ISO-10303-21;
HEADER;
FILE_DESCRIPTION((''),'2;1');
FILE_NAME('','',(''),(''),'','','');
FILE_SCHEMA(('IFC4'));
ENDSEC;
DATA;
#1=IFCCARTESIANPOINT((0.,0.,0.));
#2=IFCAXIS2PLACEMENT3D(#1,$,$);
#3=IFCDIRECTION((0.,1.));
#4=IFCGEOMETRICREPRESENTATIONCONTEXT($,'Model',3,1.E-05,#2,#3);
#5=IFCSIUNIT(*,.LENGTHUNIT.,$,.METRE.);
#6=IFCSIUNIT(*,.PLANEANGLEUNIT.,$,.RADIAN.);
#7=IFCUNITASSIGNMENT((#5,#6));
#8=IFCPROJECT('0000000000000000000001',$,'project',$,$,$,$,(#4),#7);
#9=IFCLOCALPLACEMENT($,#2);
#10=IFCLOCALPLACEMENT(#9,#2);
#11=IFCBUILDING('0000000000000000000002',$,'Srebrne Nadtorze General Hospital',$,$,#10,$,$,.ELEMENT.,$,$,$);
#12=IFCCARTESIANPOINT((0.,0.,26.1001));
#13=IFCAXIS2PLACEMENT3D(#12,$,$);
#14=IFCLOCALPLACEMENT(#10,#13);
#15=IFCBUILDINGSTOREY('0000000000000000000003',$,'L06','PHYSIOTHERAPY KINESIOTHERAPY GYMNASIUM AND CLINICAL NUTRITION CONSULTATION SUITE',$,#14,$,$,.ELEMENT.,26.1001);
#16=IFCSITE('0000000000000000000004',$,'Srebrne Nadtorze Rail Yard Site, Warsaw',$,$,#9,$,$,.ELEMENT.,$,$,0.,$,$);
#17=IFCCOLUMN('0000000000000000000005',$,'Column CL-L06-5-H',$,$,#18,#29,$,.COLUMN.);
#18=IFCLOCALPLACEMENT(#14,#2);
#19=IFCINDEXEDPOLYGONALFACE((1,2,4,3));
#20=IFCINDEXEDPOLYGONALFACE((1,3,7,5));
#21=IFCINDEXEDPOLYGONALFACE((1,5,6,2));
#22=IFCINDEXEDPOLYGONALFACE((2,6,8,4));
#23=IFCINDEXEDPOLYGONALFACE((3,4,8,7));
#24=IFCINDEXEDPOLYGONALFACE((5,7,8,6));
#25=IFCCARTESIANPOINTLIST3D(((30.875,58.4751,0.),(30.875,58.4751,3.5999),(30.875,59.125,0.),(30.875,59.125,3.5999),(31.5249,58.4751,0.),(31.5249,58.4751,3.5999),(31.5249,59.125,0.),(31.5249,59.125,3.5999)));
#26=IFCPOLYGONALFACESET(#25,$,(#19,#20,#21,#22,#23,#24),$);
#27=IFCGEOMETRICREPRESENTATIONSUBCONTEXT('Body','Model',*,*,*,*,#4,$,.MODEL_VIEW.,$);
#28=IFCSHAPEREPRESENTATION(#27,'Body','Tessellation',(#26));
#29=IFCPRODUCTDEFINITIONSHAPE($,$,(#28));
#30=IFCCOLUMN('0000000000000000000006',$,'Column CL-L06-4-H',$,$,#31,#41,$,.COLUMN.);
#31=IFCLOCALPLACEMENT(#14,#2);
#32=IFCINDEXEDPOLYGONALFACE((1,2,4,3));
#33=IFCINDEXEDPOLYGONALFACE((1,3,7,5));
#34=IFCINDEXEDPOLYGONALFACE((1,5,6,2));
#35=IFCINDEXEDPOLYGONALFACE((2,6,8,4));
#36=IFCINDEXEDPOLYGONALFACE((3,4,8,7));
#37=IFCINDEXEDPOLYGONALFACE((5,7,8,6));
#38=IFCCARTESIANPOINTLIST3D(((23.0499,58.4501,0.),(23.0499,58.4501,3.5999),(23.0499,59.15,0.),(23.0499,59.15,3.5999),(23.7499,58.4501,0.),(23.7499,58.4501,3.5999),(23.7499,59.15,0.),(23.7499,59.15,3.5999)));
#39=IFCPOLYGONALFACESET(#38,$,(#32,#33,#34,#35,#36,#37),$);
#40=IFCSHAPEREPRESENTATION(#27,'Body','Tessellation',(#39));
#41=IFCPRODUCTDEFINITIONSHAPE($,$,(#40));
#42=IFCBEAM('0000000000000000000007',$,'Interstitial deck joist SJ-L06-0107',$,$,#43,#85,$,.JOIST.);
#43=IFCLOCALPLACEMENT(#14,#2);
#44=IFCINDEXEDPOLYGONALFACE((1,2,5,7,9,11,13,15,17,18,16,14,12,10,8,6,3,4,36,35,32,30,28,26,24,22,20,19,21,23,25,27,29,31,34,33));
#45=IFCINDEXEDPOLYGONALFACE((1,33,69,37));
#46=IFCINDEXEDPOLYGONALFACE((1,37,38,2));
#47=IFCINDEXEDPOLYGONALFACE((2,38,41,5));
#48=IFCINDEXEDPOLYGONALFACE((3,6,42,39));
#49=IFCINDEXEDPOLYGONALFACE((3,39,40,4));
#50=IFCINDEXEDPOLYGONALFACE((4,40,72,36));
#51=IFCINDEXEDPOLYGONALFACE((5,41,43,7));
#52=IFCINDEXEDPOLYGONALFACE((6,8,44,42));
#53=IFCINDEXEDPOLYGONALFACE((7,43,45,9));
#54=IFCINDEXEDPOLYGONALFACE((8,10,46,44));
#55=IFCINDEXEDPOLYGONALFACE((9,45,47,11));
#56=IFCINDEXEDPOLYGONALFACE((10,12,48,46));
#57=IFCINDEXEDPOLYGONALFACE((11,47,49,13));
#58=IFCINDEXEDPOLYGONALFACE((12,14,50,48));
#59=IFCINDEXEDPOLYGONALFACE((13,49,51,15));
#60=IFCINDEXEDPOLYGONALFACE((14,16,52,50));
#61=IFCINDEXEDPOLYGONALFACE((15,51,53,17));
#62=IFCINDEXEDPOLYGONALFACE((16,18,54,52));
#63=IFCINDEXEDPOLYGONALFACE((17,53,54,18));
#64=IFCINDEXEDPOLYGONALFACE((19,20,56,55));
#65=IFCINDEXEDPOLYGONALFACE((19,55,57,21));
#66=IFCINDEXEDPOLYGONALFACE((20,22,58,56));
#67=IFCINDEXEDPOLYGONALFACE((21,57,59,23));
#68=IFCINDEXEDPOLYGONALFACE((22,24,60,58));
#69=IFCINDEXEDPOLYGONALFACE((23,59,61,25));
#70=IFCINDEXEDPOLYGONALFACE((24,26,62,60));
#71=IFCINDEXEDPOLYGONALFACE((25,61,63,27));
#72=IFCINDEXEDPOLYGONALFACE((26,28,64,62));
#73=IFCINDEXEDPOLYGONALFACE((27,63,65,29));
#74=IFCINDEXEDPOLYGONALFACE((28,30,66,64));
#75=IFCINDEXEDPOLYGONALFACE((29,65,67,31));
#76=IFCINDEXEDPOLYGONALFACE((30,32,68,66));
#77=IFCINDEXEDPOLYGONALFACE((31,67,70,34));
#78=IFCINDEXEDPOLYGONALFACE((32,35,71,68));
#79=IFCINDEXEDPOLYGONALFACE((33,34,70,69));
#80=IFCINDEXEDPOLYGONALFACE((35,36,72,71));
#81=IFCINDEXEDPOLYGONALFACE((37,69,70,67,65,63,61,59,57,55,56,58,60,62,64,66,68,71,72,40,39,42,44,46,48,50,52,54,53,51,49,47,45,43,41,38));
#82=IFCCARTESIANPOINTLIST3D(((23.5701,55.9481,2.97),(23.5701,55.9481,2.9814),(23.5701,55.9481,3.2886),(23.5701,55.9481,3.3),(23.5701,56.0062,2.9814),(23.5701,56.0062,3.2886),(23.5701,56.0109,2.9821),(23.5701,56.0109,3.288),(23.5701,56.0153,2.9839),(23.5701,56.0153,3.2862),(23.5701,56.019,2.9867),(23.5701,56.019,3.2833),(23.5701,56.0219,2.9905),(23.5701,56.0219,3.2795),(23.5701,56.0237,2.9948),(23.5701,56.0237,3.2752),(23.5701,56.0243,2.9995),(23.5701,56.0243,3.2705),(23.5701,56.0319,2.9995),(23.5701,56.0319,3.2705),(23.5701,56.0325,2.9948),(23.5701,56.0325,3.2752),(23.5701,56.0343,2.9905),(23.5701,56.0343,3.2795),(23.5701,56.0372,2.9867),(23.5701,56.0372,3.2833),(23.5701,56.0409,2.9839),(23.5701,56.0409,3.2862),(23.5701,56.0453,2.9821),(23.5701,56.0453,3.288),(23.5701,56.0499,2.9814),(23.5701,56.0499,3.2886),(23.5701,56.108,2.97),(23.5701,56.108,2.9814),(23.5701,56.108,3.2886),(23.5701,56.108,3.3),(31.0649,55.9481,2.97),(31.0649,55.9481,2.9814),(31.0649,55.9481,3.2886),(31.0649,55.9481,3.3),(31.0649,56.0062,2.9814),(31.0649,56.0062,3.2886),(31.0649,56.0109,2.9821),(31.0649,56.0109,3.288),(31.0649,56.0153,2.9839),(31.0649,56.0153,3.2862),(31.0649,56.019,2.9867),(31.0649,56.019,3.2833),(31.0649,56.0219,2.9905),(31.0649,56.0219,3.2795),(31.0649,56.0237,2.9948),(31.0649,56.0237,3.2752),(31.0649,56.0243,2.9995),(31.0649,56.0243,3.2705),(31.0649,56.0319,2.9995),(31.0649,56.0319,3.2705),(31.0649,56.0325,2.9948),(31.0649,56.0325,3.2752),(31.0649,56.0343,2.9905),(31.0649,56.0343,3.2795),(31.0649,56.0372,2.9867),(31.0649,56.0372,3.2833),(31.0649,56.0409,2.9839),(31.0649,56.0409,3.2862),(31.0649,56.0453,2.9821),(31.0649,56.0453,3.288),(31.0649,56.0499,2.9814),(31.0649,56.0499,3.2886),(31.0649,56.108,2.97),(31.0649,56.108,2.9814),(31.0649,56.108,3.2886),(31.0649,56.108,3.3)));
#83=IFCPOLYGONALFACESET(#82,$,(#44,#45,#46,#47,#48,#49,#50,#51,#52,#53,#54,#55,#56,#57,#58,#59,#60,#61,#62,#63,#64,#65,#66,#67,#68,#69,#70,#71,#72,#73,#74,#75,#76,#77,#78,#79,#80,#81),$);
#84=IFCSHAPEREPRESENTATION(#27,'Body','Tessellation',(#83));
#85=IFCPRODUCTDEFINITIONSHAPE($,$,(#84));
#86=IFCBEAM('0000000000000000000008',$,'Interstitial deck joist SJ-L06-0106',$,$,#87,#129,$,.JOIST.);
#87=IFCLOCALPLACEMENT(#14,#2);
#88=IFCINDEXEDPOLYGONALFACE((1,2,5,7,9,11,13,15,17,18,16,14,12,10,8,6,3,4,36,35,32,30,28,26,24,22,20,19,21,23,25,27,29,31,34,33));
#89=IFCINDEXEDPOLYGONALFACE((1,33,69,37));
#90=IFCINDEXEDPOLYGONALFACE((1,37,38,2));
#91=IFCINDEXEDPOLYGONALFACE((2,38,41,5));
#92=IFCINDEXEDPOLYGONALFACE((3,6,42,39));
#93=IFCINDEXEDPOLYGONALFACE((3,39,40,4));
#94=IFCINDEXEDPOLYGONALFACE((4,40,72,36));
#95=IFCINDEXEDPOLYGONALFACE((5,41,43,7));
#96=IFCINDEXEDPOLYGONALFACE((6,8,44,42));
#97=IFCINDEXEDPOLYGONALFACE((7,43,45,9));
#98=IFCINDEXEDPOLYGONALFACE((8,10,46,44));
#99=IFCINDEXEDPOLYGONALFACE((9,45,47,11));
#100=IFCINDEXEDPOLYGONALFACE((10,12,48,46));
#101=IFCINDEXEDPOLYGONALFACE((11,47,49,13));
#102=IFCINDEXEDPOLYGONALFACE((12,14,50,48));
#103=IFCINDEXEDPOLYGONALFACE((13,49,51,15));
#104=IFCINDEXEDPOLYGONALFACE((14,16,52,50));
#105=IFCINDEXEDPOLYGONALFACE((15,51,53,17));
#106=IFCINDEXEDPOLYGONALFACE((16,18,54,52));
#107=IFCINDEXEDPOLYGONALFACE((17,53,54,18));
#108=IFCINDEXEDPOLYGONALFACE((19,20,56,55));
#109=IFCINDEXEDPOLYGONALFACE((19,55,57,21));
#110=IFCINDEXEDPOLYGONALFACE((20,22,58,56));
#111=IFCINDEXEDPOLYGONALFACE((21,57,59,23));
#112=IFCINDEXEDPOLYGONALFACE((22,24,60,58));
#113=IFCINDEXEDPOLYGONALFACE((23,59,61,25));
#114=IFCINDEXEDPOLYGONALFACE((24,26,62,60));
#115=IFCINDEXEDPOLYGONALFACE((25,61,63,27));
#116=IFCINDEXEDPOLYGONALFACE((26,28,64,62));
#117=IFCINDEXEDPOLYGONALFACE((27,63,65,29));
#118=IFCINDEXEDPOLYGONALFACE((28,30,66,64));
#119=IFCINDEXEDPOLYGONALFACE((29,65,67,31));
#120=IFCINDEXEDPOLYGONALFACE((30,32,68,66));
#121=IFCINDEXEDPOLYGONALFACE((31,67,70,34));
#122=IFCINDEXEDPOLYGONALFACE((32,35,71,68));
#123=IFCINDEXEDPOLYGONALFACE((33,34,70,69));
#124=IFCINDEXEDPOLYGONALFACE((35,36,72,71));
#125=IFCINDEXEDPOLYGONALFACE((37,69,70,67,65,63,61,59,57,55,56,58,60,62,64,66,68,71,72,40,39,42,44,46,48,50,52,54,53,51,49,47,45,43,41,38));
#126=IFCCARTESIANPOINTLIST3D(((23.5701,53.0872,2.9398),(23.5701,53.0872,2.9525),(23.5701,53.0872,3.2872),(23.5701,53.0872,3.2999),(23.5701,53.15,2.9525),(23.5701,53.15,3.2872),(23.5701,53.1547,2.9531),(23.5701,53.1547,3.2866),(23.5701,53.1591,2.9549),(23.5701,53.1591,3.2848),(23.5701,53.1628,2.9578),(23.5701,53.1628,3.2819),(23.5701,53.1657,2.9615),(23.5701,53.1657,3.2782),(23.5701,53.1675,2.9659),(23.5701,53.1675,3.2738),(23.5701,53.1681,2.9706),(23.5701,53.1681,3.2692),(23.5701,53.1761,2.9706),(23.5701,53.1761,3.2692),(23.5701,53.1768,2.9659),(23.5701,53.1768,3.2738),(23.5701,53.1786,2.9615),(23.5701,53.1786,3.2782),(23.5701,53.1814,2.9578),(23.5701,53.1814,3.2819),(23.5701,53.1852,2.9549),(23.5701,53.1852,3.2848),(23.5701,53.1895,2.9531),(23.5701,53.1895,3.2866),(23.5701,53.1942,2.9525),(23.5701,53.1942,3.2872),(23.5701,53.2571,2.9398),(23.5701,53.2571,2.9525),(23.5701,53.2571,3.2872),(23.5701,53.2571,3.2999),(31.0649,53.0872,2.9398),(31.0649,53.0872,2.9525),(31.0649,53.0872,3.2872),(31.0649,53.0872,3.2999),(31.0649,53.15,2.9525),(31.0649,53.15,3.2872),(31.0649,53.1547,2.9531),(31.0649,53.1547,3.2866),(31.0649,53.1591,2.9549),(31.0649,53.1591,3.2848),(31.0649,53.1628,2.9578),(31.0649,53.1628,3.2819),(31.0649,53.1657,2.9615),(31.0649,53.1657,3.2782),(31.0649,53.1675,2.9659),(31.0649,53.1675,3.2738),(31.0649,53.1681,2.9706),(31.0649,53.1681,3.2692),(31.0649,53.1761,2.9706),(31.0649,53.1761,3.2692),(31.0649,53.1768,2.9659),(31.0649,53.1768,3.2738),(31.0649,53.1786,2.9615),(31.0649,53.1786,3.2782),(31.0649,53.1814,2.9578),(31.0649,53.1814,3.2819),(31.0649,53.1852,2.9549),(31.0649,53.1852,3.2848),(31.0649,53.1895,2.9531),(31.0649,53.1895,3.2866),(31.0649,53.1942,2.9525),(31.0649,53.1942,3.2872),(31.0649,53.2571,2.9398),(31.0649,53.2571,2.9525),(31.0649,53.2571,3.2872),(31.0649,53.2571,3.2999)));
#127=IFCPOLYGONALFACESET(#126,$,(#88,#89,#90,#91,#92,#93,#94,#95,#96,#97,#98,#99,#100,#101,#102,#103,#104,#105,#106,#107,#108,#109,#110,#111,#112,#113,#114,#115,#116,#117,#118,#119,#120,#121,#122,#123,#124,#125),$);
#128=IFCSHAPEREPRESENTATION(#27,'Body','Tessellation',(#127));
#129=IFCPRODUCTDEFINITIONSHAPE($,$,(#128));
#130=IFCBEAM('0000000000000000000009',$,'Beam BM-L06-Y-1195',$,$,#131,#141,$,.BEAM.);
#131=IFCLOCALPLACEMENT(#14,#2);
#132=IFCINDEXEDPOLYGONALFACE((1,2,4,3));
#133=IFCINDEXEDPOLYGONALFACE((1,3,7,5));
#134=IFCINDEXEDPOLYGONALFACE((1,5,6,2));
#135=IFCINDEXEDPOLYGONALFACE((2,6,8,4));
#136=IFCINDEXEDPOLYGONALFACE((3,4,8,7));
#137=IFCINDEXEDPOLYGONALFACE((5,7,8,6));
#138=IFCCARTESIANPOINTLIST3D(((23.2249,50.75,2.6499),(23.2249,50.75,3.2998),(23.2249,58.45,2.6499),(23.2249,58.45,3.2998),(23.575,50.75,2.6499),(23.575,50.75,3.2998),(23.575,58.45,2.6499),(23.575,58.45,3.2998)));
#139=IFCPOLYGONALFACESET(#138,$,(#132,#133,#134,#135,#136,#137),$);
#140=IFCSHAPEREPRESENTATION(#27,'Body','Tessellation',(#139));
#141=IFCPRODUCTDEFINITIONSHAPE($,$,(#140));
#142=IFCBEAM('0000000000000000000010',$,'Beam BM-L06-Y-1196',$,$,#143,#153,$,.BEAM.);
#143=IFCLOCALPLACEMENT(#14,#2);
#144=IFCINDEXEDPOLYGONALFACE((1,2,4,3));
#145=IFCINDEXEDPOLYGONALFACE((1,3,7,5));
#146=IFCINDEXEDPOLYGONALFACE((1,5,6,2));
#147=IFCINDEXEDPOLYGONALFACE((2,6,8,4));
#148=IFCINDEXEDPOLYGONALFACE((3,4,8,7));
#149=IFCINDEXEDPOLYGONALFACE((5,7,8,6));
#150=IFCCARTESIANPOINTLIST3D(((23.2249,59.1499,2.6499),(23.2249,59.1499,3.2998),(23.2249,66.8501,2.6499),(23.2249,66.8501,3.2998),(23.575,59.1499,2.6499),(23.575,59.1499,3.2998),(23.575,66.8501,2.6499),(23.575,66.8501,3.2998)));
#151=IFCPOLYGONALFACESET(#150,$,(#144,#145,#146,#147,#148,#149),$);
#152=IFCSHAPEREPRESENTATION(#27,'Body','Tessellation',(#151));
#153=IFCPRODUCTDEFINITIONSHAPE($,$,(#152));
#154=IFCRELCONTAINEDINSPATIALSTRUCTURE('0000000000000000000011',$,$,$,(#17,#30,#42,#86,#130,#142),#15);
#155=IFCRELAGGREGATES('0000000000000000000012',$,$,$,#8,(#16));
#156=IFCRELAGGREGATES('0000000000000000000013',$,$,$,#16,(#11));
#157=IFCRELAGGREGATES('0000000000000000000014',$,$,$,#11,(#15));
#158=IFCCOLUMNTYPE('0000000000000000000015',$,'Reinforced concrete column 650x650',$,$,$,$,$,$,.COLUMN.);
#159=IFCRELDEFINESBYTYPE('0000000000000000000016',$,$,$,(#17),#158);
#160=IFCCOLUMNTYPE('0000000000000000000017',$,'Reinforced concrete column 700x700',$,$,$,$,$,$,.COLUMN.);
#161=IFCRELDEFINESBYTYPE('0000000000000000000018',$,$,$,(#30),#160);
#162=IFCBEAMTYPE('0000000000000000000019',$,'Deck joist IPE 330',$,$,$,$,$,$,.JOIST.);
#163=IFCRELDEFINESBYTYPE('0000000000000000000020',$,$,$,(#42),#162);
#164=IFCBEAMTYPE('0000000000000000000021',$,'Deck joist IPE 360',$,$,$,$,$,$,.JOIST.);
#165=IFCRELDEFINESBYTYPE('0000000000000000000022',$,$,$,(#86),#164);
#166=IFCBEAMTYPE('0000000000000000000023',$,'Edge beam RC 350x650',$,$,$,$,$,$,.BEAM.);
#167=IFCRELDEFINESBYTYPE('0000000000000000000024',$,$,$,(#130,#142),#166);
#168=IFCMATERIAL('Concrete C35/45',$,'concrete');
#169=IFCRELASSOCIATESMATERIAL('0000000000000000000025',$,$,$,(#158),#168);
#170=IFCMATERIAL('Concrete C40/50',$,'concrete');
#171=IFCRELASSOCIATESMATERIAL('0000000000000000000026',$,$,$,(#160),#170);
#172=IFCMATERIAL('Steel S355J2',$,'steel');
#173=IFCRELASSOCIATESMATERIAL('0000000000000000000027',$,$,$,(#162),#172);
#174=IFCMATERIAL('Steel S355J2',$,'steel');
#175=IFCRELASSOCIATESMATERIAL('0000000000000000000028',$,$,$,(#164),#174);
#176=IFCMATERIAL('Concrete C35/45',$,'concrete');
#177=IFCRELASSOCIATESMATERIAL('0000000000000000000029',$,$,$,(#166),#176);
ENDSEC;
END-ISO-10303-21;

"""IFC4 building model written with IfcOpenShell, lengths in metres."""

from ifc_helpers import new_model, si_unit, direction, frame, origin, origin_2d, place, context, subcontext, project, spatial, rectangle, i_section, extrude, material, material_profile, profile_set, type_object, element, save


model = new_model("IFC4")

# Units and contexts
model_context = context("Model", 3, precision=1e-05, world=origin(), true_north=direction((0.0, 1.0)))
body_context = subcontext(model_context, "Body", "Model", "MODEL_VIEW")
ifc_project = project(units=[si_unit("LENGTHUNIT", "METRE"), si_unit("PLANEANGLEUNIT", "RADIAN")], contexts=[model_context])

# Site, building, storey
site_placement = place(None, origin())
site = spatial("IfcSite", under=ifc_project, at=site_placement, Name="Srebrne Nadtorze Rail Yard Site, Warsaw", CompositionType="ELEMENT", RefElevation=0.0)
building_placement = place(site_placement, origin())
building = spatial("IfcBuilding", under=site, at=building_placement, Name="Srebrne Nadtorze General Hospital", CompositionType="ELEMENT")
storey_placement = place(building_placement, frame((0.0, 0.0, 26.1001)))
storey = spatial("IfcBuildingStorey", under=building, at=storey_placement, Name="L06", Description="PHYSIOTHERAPY KINESIOTHERAPY GYMNASIUM AND CLINICAL NUTRITION CONSULTATION SUITE", CompositionType="ELEMENT", Elevation=26.1001)

# Columns
ifc_material_1 = material(Name="Concrete C35/45", Category="concrete")
ifc_material_profile_1 = material_profile(ifc_material_1, rectangle(XDim=0.6499, YDim=0.6499, at=origin_2d()), Name="RC-COL-650x650")
ifc_profile_set_1 = profile_set([ifc_material_profile_1], Name="Concrete C35/45")
column_type_1 = type_object("IfcColumnType", Name="Reinforced concrete column 650x650", PredefinedType="COLUMN", material=ifc_profile_set_1)
column_1_placement = place(storey_placement, frame((31.2, 58.8, 0.0), z_axis=(0.0, 0.0, 1.0), x_axis=(1.0, 0.0, 0.0)))
element("IfcColumn", 1, at=column_1_placement, inside=storey, type_object=column_type_1, Name="Column CL-L06-5-H", PredefinedType="COLUMN", context=body_context, shape_type="SweptSolid", body=[
    extrude(rectangle(XDim=0.6499, YDim=0.6499, at=origin_2d()), origin(), (0.0, 0.0, 1.0), 3.5999),
])
ifc_material_2 = material(Name="Concrete C40/50", Category="concrete")
ifc_material_profile_2 = material_profile(ifc_material_2, rectangle(XDim=0.7, YDim=0.7, at=origin_2d()), Name="RC-COL-700x700")
ifc_profile_set_2 = profile_set([ifc_material_profile_2], Name="Concrete C40/50")
column_type_2 = type_object("IfcColumnType", Name="Reinforced concrete column 700x700", PredefinedType="COLUMN", material=ifc_profile_set_2)
column_2_placement = place(storey_placement, frame((23.3999, 58.8, 0.0), z_axis=(0.0, 0.0, 1.0), x_axis=(1.0, 0.0, 0.0)))
element("IfcColumn", 2, at=column_2_placement, inside=storey, type_object=column_type_2, Name="Column CL-L06-4-H", PredefinedType="COLUMN", context=body_context, shape_type="SweptSolid", body=[
    extrude(rectangle(XDim=0.7, YDim=0.7, at=origin_2d()), origin(), (0.0, 0.0, 1.0), 3.5999),
])

# Beams
ifc_material_3 = material(Name="Steel S355J2", Category="steel")
ifc_material_profile_3 = material_profile(ifc_material_3, i_section(OverallWidth=0.1599, OverallDepth=0.3301, WebThickness=0.0076, FlangeThickness=0.0115, FilletRadius=0.0181, at=origin_2d()), Name="IPE-330")
ifc_profile_set_3 = profile_set([ifc_material_profile_3], Name="Steel S355J2")
beam_type_1 = type_object("IfcBeamType", Name="Deck joist IPE 330", PredefinedType="JOIST", material=ifc_profile_set_3)
beam_1_placement = place(storey_placement, frame((23.5701, 56.0281, 3.135), z_axis=(1.0, 0.0, 0.0), x_axis=(0.0, 1.0, 0.0)))
element("IfcBeam", 3, at=beam_1_placement, inside=storey, type_object=beam_type_1, Name="Interstitial deck joist SJ-L06-0107", PredefinedType="JOIST", context=body_context, shape_type="SweptSolid", body=[
    extrude(i_section(OverallWidth=0.1599, OverallDepth=0.3301, WebThickness=0.0076, FlangeThickness=0.0115, FilletRadius=0.0181, at=origin_2d()), origin(), (0.0, 0.0, 1.0), 7.4949),
])
ifc_material_4 = material(Name="Steel S355J2", Category="steel")
ifc_material_profile_4 = material_profile(ifc_material_4, i_section(OverallWidth=0.1699, OverallDepth=0.3601, WebThickness=0.0081, FlangeThickness=0.0127, FilletRadius=0.0181, at=origin_2d()), Name="IPE-360")
ifc_profile_set_4 = profile_set([ifc_material_profile_4], Name="Steel S355J2")
beam_type_2 = type_object("IfcBeamType", Name="Deck joist IPE 360", PredefinedType="JOIST", material=ifc_profile_set_4)
beam_2_placement = place(storey_placement, frame((23.5701, 53.1721, 3.1199), z_axis=(1.0, 0.0, 0.0), x_axis=(0.0, 1.0, 0.0)))
element("IfcBeam", 4, at=beam_2_placement, inside=storey, type_object=beam_type_2, Name="Interstitial deck joist SJ-L06-0106", PredefinedType="JOIST", context=body_context, shape_type="SweptSolid", body=[
    extrude(i_section(OverallWidth=0.1699, OverallDepth=0.3601, WebThickness=0.0081, FlangeThickness=0.0127, FilletRadius=0.0181, at=origin_2d()), origin(), (0.0, 0.0, 1.0), 7.4949),
])
ifc_material_5 = material(Name="Concrete C35/45", Category="concrete")
ifc_material_profile_5 = material_profile(ifc_material_5, rectangle(XDim=0.3501, YDim=0.6499, at=origin_2d()), Name="RC-BM-350x650")
ifc_profile_set_5 = profile_set([ifc_material_profile_5], Name="Concrete C35/45")
beam_type_3 = type_object("IfcBeamType", Name="Edge beam RC 350x650", PredefinedType="BEAM", material=ifc_profile_set_5)
beam_3_placement = place(storey_placement, frame((23.3999, 50.75, 2.9749), z_axis=(0.0, 1.0, 0.0), x_axis=(-1.0, 0.0, 0.0)))
element("IfcBeam", 5, at=beam_3_placement, inside=storey, type_object=beam_type_3, Name="Beam BM-L06-Y-1195", PredefinedType="BEAM", context=body_context, shape_type="SweptSolid", body=[
    extrude(rectangle(XDim=0.3501, YDim=0.6499, at=origin_2d()), origin(), (0.0, 0.0, 1.0), 7.7),
])
beam_4_placement = place(storey_placement, frame((23.3999, 59.1499, 2.9749), z_axis=(0.0, 1.0, 0.0), x_axis=(-1.0, 0.0, 0.0)))
element("IfcBeam", 6, at=beam_4_placement, inside=storey, type_object=beam_type_3, Name="Beam BM-L06-Y-1196", PredefinedType="BEAM", context=body_context, shape_type="SweptSolid", body=[
    extrude(rectangle(XDim=0.3501, YDim=0.6499, at=origin_2d()), origin(), (0.0, 0.0, 1.0), 7.7002),
])

save(model, "model.ifc")
